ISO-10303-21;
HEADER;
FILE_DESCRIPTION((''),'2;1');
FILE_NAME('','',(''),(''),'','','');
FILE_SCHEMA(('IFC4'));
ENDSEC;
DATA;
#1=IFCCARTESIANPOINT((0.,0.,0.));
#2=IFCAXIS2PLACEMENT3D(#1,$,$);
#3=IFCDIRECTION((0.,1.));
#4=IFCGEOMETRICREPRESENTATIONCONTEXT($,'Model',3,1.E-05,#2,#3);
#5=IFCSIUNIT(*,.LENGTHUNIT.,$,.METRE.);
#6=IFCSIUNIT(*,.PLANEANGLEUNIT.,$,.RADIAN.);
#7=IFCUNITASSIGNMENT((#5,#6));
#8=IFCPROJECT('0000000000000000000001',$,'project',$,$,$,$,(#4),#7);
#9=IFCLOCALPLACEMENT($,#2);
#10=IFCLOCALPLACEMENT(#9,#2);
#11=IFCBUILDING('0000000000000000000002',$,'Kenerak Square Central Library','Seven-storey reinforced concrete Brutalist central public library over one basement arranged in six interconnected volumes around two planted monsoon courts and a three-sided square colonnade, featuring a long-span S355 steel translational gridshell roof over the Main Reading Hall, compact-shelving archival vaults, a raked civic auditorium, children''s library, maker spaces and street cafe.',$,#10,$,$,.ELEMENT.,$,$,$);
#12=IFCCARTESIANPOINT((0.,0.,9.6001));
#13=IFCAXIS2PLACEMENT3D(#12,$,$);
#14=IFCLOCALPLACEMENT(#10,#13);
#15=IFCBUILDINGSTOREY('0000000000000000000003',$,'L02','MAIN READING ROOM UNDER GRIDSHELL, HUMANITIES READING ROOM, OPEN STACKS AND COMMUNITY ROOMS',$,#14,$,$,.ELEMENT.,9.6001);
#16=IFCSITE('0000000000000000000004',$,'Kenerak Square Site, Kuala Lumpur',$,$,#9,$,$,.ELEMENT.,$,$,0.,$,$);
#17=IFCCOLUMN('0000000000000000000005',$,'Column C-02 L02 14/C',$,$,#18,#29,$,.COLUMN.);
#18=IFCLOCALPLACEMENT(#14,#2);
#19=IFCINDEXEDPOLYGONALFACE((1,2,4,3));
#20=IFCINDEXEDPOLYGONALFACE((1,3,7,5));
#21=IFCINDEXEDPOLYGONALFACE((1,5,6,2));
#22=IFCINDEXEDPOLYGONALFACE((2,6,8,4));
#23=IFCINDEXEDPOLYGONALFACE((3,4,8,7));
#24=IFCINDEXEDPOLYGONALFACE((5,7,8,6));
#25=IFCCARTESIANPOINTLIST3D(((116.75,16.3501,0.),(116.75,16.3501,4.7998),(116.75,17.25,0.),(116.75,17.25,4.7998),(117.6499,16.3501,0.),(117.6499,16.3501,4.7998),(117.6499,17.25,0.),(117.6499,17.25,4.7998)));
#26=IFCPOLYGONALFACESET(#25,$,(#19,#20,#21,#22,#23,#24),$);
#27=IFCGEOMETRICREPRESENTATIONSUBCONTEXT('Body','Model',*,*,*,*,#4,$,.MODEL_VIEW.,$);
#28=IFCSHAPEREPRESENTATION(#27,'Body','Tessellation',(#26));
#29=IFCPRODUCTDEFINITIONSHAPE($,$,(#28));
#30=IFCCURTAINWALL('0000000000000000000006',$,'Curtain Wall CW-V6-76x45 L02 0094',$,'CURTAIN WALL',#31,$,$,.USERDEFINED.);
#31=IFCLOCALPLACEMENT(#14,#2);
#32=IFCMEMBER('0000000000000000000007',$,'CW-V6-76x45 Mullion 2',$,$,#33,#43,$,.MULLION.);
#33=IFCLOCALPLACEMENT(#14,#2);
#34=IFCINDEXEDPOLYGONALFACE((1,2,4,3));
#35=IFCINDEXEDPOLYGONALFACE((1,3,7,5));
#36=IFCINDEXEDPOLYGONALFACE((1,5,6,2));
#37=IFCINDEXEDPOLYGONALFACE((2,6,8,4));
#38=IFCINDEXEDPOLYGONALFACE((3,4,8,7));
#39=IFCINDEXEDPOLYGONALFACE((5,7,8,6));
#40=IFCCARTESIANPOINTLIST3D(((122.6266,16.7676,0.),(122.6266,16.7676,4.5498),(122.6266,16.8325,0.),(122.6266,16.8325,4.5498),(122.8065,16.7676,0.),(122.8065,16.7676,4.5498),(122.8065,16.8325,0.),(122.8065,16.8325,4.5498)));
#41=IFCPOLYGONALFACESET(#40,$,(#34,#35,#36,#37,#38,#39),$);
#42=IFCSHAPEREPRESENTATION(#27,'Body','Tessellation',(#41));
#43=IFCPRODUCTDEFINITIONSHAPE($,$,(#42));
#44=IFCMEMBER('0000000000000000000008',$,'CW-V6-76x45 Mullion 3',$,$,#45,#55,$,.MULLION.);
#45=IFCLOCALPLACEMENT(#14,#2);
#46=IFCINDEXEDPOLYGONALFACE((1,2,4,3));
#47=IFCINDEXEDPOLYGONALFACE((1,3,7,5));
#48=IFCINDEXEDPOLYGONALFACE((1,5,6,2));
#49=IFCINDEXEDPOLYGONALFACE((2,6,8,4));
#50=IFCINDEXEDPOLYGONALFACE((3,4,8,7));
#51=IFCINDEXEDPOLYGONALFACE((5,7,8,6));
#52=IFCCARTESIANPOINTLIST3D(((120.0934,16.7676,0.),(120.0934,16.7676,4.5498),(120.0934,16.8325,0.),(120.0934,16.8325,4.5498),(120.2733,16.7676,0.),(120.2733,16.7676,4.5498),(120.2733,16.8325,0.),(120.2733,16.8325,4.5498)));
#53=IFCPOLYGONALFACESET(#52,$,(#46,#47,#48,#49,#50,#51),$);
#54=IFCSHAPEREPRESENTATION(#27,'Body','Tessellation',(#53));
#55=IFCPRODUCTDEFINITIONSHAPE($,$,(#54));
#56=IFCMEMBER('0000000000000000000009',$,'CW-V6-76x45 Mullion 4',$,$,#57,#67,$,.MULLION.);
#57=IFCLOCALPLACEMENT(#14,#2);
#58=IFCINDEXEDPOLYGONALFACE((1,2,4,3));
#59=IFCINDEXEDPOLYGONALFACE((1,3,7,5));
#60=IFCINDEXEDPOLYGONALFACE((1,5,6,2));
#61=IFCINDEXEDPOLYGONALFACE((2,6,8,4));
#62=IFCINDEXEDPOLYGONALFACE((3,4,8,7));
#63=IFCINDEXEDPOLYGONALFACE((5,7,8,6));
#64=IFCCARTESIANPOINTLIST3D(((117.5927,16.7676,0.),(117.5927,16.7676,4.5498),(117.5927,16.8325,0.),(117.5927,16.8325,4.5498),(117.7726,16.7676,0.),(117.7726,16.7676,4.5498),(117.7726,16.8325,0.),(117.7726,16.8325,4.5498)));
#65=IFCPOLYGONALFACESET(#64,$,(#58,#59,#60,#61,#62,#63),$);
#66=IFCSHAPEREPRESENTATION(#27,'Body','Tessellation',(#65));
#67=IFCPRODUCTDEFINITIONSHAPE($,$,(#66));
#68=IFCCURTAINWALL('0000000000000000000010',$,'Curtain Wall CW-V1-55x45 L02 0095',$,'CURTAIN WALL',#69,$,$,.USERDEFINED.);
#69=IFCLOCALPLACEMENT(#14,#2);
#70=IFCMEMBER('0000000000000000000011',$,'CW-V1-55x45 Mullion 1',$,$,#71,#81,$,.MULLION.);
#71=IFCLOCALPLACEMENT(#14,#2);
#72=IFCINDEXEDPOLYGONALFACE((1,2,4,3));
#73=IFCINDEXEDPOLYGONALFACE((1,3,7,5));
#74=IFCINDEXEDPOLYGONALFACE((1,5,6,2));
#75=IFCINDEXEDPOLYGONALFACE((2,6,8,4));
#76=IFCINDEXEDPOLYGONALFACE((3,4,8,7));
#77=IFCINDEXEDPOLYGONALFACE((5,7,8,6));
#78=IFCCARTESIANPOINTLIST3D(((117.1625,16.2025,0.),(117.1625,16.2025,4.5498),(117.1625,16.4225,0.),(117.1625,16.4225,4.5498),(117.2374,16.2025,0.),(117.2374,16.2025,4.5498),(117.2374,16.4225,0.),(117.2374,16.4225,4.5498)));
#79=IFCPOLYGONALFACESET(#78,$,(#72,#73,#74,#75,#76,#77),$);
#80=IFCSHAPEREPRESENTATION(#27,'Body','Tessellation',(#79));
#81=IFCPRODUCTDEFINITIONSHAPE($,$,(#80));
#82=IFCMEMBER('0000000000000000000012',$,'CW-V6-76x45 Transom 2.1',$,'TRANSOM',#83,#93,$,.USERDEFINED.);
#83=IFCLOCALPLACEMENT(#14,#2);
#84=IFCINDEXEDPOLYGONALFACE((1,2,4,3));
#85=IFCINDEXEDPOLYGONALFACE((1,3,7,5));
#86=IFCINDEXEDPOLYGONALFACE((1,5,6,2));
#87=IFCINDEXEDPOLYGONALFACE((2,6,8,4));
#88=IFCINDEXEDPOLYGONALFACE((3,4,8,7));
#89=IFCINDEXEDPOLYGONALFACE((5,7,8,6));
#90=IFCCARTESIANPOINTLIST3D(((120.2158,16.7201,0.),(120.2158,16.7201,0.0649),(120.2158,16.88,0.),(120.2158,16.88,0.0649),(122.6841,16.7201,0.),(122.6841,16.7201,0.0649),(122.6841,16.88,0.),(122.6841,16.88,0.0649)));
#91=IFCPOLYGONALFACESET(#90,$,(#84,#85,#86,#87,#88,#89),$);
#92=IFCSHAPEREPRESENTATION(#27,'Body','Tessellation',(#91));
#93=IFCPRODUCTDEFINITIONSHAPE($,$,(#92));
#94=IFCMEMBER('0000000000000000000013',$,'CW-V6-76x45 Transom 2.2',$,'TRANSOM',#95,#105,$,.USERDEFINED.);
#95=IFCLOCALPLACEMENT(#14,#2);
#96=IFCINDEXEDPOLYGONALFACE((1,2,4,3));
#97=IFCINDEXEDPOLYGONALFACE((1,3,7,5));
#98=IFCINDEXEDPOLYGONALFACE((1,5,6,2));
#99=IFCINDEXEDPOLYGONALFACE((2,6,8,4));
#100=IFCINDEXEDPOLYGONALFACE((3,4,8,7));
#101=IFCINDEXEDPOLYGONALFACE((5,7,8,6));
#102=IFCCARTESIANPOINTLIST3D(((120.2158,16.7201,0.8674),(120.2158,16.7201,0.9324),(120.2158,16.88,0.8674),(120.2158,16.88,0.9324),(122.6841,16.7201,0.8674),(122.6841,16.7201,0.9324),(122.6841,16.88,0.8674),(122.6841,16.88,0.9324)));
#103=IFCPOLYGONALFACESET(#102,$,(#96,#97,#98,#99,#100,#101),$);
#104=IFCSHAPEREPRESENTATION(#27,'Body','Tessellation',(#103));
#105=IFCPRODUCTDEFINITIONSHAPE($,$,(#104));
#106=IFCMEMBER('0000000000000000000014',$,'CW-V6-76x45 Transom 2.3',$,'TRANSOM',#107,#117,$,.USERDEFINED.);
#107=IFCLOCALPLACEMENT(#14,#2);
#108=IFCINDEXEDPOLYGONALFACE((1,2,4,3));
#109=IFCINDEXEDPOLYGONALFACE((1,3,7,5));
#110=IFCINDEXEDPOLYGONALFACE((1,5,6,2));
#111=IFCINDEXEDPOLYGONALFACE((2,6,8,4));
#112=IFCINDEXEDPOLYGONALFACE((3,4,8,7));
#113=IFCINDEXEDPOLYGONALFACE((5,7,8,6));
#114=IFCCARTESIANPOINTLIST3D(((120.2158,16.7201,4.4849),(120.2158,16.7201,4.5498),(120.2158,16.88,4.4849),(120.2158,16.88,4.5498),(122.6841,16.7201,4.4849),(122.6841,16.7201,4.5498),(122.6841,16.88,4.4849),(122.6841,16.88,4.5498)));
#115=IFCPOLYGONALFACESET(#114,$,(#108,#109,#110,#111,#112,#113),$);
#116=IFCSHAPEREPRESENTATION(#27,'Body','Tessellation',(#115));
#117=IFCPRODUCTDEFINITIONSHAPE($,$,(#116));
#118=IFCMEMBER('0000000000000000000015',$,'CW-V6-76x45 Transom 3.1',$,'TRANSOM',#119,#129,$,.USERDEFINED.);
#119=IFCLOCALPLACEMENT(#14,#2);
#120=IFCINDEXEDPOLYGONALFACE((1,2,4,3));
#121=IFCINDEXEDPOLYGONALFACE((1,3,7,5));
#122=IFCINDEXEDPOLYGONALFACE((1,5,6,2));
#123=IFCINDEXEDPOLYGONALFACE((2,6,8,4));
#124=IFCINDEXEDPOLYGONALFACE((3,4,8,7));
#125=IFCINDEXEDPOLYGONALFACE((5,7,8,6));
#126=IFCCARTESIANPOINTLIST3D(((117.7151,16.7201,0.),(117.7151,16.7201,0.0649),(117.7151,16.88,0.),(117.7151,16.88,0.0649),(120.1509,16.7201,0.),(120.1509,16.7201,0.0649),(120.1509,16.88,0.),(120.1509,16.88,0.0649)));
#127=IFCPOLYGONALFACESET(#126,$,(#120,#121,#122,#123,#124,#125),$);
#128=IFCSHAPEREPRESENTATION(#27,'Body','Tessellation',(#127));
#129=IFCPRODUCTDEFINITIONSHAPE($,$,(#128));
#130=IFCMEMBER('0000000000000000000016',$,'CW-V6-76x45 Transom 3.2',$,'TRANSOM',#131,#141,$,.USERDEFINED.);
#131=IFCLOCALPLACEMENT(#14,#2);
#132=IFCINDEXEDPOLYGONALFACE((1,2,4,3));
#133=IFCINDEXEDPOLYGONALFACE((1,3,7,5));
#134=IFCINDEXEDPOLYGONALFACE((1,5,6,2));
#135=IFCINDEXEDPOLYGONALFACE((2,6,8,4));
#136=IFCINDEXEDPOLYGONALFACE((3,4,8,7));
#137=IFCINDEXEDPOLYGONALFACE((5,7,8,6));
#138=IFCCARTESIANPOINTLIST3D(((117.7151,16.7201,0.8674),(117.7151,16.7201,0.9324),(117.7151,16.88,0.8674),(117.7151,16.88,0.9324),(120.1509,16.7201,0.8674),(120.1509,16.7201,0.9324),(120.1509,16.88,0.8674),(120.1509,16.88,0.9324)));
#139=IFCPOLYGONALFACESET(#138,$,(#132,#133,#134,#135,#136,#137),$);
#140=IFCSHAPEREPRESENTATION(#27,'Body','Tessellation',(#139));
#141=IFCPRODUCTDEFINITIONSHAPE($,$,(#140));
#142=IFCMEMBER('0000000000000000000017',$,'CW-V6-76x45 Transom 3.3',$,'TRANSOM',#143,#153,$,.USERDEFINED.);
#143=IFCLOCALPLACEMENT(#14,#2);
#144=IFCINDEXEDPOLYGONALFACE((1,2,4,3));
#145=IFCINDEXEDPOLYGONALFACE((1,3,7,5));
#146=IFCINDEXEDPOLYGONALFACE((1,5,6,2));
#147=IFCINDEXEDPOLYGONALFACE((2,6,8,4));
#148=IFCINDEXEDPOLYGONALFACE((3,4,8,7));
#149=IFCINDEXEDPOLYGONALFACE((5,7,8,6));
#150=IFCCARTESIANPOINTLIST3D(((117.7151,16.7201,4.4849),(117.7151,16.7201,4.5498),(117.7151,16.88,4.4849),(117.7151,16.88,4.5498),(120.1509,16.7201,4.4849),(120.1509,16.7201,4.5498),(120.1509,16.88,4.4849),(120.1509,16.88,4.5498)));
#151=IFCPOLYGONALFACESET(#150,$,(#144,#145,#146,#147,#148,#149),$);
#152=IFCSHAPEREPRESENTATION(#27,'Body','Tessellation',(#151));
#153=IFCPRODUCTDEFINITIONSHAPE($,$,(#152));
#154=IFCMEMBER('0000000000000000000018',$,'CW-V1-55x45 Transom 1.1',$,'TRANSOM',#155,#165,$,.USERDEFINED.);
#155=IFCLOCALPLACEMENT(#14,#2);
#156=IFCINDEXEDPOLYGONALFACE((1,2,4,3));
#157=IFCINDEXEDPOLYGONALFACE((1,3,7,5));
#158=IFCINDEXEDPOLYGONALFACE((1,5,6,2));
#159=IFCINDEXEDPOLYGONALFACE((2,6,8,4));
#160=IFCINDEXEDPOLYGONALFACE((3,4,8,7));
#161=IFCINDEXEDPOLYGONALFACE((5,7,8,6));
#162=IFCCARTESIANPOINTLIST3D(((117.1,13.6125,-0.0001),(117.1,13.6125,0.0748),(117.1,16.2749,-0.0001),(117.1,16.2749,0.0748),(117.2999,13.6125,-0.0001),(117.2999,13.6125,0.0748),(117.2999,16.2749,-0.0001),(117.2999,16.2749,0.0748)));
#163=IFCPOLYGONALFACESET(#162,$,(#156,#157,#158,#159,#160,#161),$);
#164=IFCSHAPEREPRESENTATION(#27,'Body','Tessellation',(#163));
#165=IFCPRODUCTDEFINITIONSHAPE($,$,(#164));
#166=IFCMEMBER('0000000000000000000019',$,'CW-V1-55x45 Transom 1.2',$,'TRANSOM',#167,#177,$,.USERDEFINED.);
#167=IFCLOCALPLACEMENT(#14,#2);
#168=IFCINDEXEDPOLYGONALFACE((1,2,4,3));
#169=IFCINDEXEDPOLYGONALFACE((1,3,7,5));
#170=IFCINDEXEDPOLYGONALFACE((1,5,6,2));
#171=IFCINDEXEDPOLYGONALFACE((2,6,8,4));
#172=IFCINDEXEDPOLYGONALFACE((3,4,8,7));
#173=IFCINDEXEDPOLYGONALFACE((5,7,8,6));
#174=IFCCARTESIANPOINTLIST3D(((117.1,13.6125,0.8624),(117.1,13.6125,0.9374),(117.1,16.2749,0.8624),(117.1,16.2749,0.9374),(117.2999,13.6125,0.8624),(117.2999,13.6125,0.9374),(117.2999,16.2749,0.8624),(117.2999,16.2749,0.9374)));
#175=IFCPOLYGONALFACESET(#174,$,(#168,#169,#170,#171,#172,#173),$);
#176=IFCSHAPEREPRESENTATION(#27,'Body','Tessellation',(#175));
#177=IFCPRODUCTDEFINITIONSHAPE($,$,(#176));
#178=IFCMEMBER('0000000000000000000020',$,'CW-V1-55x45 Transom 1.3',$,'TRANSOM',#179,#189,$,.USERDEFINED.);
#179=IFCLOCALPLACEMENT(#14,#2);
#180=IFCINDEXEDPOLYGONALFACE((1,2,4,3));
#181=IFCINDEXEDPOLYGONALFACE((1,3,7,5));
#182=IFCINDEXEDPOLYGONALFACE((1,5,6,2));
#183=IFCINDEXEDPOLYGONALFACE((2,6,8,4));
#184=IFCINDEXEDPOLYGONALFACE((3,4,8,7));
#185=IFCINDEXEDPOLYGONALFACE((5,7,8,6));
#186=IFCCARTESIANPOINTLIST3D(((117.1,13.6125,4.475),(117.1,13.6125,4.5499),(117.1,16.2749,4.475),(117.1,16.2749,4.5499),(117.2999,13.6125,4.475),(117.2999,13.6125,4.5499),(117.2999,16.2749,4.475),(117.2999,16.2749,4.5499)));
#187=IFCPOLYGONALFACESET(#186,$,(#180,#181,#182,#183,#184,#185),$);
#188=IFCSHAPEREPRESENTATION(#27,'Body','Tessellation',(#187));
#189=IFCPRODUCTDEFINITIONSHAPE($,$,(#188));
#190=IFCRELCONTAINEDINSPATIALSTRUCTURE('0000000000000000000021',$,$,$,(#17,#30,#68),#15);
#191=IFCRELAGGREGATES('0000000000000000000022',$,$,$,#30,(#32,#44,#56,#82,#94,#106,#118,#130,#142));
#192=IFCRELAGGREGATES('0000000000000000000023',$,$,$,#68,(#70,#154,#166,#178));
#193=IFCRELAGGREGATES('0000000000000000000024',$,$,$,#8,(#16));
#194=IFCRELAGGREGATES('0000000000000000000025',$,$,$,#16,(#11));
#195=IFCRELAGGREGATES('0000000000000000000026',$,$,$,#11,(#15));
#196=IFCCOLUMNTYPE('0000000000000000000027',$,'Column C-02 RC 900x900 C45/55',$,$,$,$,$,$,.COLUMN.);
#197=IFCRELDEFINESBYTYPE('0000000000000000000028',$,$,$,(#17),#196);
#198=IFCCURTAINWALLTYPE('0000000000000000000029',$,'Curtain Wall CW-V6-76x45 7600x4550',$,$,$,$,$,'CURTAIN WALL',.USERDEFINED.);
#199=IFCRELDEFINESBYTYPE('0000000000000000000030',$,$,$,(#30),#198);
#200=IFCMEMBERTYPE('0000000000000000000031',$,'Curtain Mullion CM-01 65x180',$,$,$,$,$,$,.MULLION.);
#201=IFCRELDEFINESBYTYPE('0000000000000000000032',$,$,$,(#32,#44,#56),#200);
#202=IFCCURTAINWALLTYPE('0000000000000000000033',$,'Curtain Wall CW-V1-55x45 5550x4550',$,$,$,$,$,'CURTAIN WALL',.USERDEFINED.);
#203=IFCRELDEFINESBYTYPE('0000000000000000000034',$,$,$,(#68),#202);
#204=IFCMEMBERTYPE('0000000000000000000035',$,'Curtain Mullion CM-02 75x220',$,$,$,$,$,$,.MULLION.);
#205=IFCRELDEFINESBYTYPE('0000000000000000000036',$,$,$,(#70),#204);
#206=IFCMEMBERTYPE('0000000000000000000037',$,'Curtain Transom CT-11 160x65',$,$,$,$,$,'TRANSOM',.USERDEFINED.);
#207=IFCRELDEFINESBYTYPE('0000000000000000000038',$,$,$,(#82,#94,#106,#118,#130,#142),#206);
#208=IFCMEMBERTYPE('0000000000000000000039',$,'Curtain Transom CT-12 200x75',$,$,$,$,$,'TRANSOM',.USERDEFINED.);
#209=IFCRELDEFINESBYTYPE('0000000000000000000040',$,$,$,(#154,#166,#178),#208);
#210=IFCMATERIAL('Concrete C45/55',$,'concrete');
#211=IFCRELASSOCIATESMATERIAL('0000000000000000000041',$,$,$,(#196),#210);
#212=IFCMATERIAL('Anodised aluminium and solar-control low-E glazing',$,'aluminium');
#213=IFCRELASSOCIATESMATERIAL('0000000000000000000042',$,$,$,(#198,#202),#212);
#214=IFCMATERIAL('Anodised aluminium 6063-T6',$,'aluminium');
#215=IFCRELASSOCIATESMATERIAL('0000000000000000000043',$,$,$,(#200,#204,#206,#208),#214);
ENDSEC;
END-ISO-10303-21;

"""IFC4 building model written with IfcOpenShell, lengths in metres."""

from ifc_helpers import new_model, si_unit, direction, frame, origin, origin_2d, place, context, subcontext, project, spatial, rectangle, extrude, material, material_profile, profile_set, type_object, element, aggregate, save


model = new_model("IFC4")

# Units and contexts
model_context = context("Model", 3, precision=1e-05, world=origin(), true_north=direction((0.0, 1.0)))
body_context = subcontext(model_context, "Body", "Model", "MODEL_VIEW")
ifc_project = project(units=[si_unit("LENGTHUNIT", "METRE"), si_unit("PLANEANGLEUNIT", "RADIAN")], contexts=[model_context])

# Site, building, storey
site_placement = place(None, origin())
site = spatial("IfcSite", under=ifc_project, at=site_placement, Name="Kenerak Square Site, Kuala Lumpur", CompositionType="ELEMENT", RefElevation=0.0)
building_placement = place(site_placement, origin())
building = spatial("IfcBuilding", under=site, at=building_placement, Name="Kenerak Square Central Library", Description="Seven-storey reinforced concrete Brutalist central public library over one basement arranged in six interconnected volumes around two planted monsoon courts and a three-sided square colonnade, featuring a long-span S355 steel translational gridshell roof over the Main Reading Hall, compact-shelving archival vaults, a raked civic auditorium, children's library, maker spaces and street cafe.", CompositionType="ELEMENT")
storey_placement = place(building_placement, frame((0.0, 0.0, 9.6001)))
storey = spatial("IfcBuildingStorey", under=building, at=storey_placement, Name="L02", Description="MAIN READING ROOM UNDER GRIDSHELL, HUMANITIES READING ROOM, OPEN STACKS AND COMMUNITY ROOMS", CompositionType="ELEMENT", Elevation=9.6001)

# Column
ifc_material_1 = material(Name="Concrete C45/55", Category="concrete")
ifc_material_profile_1 = material_profile(ifc_material_1, rectangle(XDim=0.8999, YDim=0.8999, at=origin_2d()), Name="RC 900x900")
ifc_profile_set_1 = profile_set([ifc_material_profile_1], Name="Concrete C45/55")
column_type = type_object("IfcColumnType", Name="Column C-02 RC 900x900 C45/55", PredefinedType="COLUMN", material=ifc_profile_set_1)
column_placement = place(storey_placement, frame((117.2, 16.8, 0.0), z_axis=(0.0, 0.0, 1.0), x_axis=(1.0, 0.0, 0.0)))
element("IfcColumn", 1, at=column_placement, inside=storey, type_object=column_type, Name="Column C-02 L02 14/C", PredefinedType="COLUMN", context=body_context, shape_type="SweptSolid", body=[
    extrude(rectangle(XDim=0.8999, YDim=0.8999, at=origin_2d()), origin(), (0.0, 0.0, 1.0), 4.7998),
])

# Curtain wall, members
ifc_material_2 = material(Name="Anodised aluminium and solar-control low-E glazing", Category="aluminium")
curtain_wall_type_1 = type_object("IfcCurtainWallType", Name="Curtain Wall CW-V6-76x45 7600x4550", ElementType="CURTAIN WALL", PredefinedType="USERDEFINED", material=ifc_material_2)
curtain_wall_1_placement = place(storey_placement, origin())
curtain_wall_1 = element("IfcCurtainWall", 2, at=curtain_wall_1_placement, inside=storey, type_object=curtain_wall_type_1, Name="Curtain Wall CW-V6-76x45 L02 0094", ObjectType="CURTAIN WALL", PredefinedType="USERDEFINED")
ifc_material_3 = material(Name="Anodised aluminium 6063-T6", Category="aluminium")
ifc_material_profile_2 = material_profile(ifc_material_3, rectangle(XDim=0.0649, YDim=0.1799, at=origin_2d()), Name="AL MULLION 65x180")
ifc_profile_set_2 = profile_set([ifc_material_profile_2], Name="Anodised aluminium 6063-T6")
member_type_1 = type_object("IfcMemberType", Name="Curtain Mullion CM-01 65x180", PredefinedType="MULLION", material=ifc_profile_set_2)
member_1_placement = place(storey_placement, frame((122.7166, 16.8, 0.0), z_axis=(0.0, 0.0, 1.0), x_axis=(0.0, -1.0, 0.0)))
member_1 = element("IfcMember", 3, at=member_1_placement, type_object=member_type_1, Name="CW-V6-76x45 Mullion 2", PredefinedType="MULLION", context=body_context, shape_type="SweptSolid", body=[
    extrude(rectangle(XDim=0.0649, YDim=0.1799, at=origin_2d()), origin(), (0.0, 0.0, 1.0), 4.5498),
])
member_2_placement = place(storey_placement, frame((120.1833, 16.8, 0.0), z_axis=(0.0, 0.0, 1.0), x_axis=(0.0, -1.0, 0.0)))
member_2 = element("IfcMember", 4, at=member_2_placement, type_object=member_type_1, Name="CW-V6-76x45 Mullion 3", PredefinedType="MULLION", context=body_context, shape_type="SweptSolid", body=[
    extrude(rectangle(XDim=0.0649, YDim=0.1799, at=origin_2d()), origin(), (0.0, 0.0, 1.0), 4.5498),
])
member_3_placement = place(storey_placement, frame((117.6826, 16.8, 0.0), z_axis=(0.0, 0.0, 1.0), x_axis=(0.0, -1.0, 0.0)))
member_3 = element("IfcMember", 5, at=member_3_placement, type_object=member_type_1, Name="CW-V6-76x45 Mullion 4", PredefinedType="MULLION", context=body_context, shape_type="SweptSolid", body=[
    extrude(rectangle(XDim=0.0649, YDim=0.1799, at=origin_2d()), origin(), (0.0, 0.0, 1.0), 4.5498),
])

# Curtain wall, member
curtain_wall_type_2 = type_object("IfcCurtainWallType", Name="Curtain Wall CW-V1-55x45 5550x4550", ElementType="CURTAIN WALL", PredefinedType="USERDEFINED", material=ifc_material_2)
curtain_wall_2_placement = place(storey_placement, origin())
curtain_wall_2 = element("IfcCurtainWall", 6, at=curtain_wall_2_placement, inside=storey, type_object=curtain_wall_type_2, Name="Curtain Wall CW-V1-55x45 L02 0095", ObjectType="CURTAIN WALL", PredefinedType="USERDEFINED")
ifc_material_profile_3 = material_profile(ifc_material_3, rectangle(XDim=0.075, YDim=0.22, at=origin_2d()), Name="AL MULLION 75x220")
ifc_profile_set_3 = profile_set([ifc_material_profile_3], Name="Anodised aluminium 6063-T6")
member_type_2 = type_object("IfcMemberType", Name="Curtain Mullion CM-02 75x220", PredefinedType="MULLION", material=ifc_profile_set_3)
member_4_placement = place(storey_placement, frame((117.2, 16.3125, 0.0), z_axis=(0.0, 0.0, 1.0), x_axis=(1.0, 0.0, 0.0)))
member_4 = element("IfcMember", 7, at=member_4_placement, type_object=member_type_2, Name="CW-V1-55x45 Mullion 1", PredefinedType="MULLION", context=body_context, shape_type="SweptSolid", body=[
    extrude(rectangle(XDim=0.075, YDim=0.22, at=origin_2d()), origin(), (0.0, 0.0, 1.0), 4.5498),
])

# Members
ifc_material_profile_4 = material_profile(ifc_material_3, rectangle(XDim=0.1599, YDim=0.0649, at=origin_2d()), Name="AL TRANSOM 160x65")
ifc_profile_set_4 = profile_set([ifc_material_profile_4], Name="Anodised aluminium 6063-T6")
member_type_3 = type_object("IfcMemberType", Name="Curtain Transom CT-11 160x65", ElementType="TRANSOM", PredefinedType="USERDEFINED", material=ifc_profile_set_4)
member_5_placement = place(storey_placement, frame((122.6841, 16.8, 0.0325), z_axis=(-1.0, 0.0, 0.0), x_axis=(0.0, -1.0, 0.0)))
member_5 = element("IfcMember", 8, at=member_5_placement, type_object=member_type_3, Name="CW-V6-76x45 Transom 2.1", ObjectType="TRANSOM", PredefinedType="USERDEFINED", context=body_context, shape_type="SweptSolid", body=[
    extrude(rectangle(XDim=0.1599, YDim=0.0649, at=origin_2d()), origin(), (0.0, 0.0, 1.0), 2.4683),
])
member_6_placement = place(storey_placement, frame((122.6841, 16.8, 0.8999), z_axis=(-1.0, 0.0, 0.0), x_axis=(0.0, -1.0, 0.0)))
member_6 = element("IfcMember", 9, at=member_6_placement, type_object=member_type_3, Name="CW-V6-76x45 Transom 2.2", ObjectType="TRANSOM", PredefinedType="USERDEFINED", context=body_context, shape_type="SweptSolid", body=[
    extrude(rectangle(XDim=0.1599, YDim=0.0649, at=origin_2d()), origin(), (0.0, 0.0, 1.0), 2.4683),
])
member_7_placement = place(storey_placement, frame((122.6841, 16.8, 4.5173), z_axis=(-1.0, 0.0, 0.0), x_axis=(0.0, -1.0, 0.0)))
member_7 = element("IfcMember", 10, at=member_7_placement, type_object=member_type_3, Name="CW-V6-76x45 Transom 2.3", ObjectType="TRANSOM", PredefinedType="USERDEFINED", context=body_context, shape_type="SweptSolid", body=[
    extrude(rectangle(XDim=0.1599, YDim=0.0649, at=origin_2d()), origin(), (0.0, 0.0, 1.0), 2.4683),
])
member_8_placement = place(storey_placement, frame((120.1509, 16.8, 0.0325), z_axis=(-1.0, 0.0, 0.0), x_axis=(0.0, -1.0, 0.0)))
member_8 = element("IfcMember", 11, at=member_8_placement, type_object=member_type_3, Name="CW-V6-76x45 Transom 3.1", ObjectType="TRANSOM", PredefinedType="USERDEFINED", context=body_context, shape_type="SweptSolid", body=[
    extrude(rectangle(XDim=0.1599, YDim=0.0649, at=origin_2d()), origin(), (0.0, 0.0, 1.0), 2.4358),
])
member_9_placement = place(storey_placement, frame((120.1509, 16.8, 0.8999), z_axis=(-1.0, 0.0, 0.0), x_axis=(0.0, -1.0, 0.0)))
member_9 = element("IfcMember", 12, at=member_9_placement, type_object=member_type_3, Name="CW-V6-76x45 Transom 3.2", ObjectType="TRANSOM", PredefinedType="USERDEFINED", context=body_context, shape_type="SweptSolid", body=[
    extrude(rectangle(XDim=0.1599, YDim=0.0649, at=origin_2d()), origin(), (0.0, 0.0, 1.0), 2.4358),
])
member_10_placement = place(storey_placement, frame((120.1509, 16.8, 4.5173), z_axis=(-1.0, 0.0, 0.0), x_axis=(0.0, -1.0, 0.0)))
member_10 = element("IfcMember", 13, at=member_10_placement, type_object=member_type_3, Name="CW-V6-76x45 Transom 3.3", ObjectType="TRANSOM", PredefinedType="USERDEFINED", context=body_context, shape_type="SweptSolid", body=[
    extrude(rectangle(XDim=0.1599, YDim=0.0649, at=origin_2d()), origin(), (0.0, 0.0, 1.0), 2.4358),
])
ifc_material_profile_5 = material_profile(ifc_material_3, rectangle(XDim=0.2, YDim=0.075, at=origin_2d()), Name="AL TRANSOM 200x75")
ifc_profile_set_5 = profile_set([ifc_material_profile_5], Name="Anodised aluminium 6063-T6")
member_type_4 = type_object("IfcMemberType", Name="Curtain Transom CT-12 200x75", ElementType="TRANSOM", PredefinedType="USERDEFINED", material=ifc_profile_set_5)
member_11_placement = place(storey_placement, frame((117.2, 16.2749, 0.0374), z_axis=(0.0, -1.0, 0.0), x_axis=(1.0, 0.0, 0.0)))
member_11 = element("IfcMember", 14, at=member_11_placement, type_object=member_type_4, Name="CW-V1-55x45 Transom 1.1", ObjectType="TRANSOM", PredefinedType="USERDEFINED", context=body_context, shape_type="SweptSolid", body=[
    extrude(rectangle(XDim=0.2, YDim=0.075, at=origin_2d()), origin(), (0.0, 0.0, 1.0), 2.6624),
])
member_12_placement = place(storey_placement, frame((117.2, 16.2749, 0.8999), z_axis=(0.0, -1.0, 0.0), x_axis=(1.0, 0.0, 0.0)))
member_12 = element("IfcMember", 15, at=member_12_placement, type_object=member_type_4, Name="CW-V1-55x45 Transom 1.2", ObjectType="TRANSOM", PredefinedType="USERDEFINED", context=body_context, shape_type="SweptSolid", body=[
    extrude(rectangle(XDim=0.2, YDim=0.075, at=origin_2d()), origin(), (0.0, 0.0, 1.0), 2.6624),
])
member_13_placement = place(storey_placement, frame((117.2, 16.2749, 4.5125), z_axis=(0.0, -1.0, 0.0), x_axis=(1.0, 0.0, 0.0)))
member_13 = element("IfcMember", 16, at=member_13_placement, type_object=member_type_4, Name="CW-V1-55x45 Transom 1.3", ObjectType="TRANSOM", PredefinedType="USERDEFINED", context=body_context, shape_type="SweptSolid", body=[
    extrude(rectangle(XDim=0.2, YDim=0.075, at=origin_2d()), origin(), (0.0, 0.0, 1.0), 2.6624),
])

aggregate(curtain_wall_1, [member_1, member_2, member_3, member_5, member_6, member_7, member_8, member_9, member_10])
aggregate(curtain_wall_2, [member_4, member_11, member_12, member_13])

save(model, "model.ifc")
